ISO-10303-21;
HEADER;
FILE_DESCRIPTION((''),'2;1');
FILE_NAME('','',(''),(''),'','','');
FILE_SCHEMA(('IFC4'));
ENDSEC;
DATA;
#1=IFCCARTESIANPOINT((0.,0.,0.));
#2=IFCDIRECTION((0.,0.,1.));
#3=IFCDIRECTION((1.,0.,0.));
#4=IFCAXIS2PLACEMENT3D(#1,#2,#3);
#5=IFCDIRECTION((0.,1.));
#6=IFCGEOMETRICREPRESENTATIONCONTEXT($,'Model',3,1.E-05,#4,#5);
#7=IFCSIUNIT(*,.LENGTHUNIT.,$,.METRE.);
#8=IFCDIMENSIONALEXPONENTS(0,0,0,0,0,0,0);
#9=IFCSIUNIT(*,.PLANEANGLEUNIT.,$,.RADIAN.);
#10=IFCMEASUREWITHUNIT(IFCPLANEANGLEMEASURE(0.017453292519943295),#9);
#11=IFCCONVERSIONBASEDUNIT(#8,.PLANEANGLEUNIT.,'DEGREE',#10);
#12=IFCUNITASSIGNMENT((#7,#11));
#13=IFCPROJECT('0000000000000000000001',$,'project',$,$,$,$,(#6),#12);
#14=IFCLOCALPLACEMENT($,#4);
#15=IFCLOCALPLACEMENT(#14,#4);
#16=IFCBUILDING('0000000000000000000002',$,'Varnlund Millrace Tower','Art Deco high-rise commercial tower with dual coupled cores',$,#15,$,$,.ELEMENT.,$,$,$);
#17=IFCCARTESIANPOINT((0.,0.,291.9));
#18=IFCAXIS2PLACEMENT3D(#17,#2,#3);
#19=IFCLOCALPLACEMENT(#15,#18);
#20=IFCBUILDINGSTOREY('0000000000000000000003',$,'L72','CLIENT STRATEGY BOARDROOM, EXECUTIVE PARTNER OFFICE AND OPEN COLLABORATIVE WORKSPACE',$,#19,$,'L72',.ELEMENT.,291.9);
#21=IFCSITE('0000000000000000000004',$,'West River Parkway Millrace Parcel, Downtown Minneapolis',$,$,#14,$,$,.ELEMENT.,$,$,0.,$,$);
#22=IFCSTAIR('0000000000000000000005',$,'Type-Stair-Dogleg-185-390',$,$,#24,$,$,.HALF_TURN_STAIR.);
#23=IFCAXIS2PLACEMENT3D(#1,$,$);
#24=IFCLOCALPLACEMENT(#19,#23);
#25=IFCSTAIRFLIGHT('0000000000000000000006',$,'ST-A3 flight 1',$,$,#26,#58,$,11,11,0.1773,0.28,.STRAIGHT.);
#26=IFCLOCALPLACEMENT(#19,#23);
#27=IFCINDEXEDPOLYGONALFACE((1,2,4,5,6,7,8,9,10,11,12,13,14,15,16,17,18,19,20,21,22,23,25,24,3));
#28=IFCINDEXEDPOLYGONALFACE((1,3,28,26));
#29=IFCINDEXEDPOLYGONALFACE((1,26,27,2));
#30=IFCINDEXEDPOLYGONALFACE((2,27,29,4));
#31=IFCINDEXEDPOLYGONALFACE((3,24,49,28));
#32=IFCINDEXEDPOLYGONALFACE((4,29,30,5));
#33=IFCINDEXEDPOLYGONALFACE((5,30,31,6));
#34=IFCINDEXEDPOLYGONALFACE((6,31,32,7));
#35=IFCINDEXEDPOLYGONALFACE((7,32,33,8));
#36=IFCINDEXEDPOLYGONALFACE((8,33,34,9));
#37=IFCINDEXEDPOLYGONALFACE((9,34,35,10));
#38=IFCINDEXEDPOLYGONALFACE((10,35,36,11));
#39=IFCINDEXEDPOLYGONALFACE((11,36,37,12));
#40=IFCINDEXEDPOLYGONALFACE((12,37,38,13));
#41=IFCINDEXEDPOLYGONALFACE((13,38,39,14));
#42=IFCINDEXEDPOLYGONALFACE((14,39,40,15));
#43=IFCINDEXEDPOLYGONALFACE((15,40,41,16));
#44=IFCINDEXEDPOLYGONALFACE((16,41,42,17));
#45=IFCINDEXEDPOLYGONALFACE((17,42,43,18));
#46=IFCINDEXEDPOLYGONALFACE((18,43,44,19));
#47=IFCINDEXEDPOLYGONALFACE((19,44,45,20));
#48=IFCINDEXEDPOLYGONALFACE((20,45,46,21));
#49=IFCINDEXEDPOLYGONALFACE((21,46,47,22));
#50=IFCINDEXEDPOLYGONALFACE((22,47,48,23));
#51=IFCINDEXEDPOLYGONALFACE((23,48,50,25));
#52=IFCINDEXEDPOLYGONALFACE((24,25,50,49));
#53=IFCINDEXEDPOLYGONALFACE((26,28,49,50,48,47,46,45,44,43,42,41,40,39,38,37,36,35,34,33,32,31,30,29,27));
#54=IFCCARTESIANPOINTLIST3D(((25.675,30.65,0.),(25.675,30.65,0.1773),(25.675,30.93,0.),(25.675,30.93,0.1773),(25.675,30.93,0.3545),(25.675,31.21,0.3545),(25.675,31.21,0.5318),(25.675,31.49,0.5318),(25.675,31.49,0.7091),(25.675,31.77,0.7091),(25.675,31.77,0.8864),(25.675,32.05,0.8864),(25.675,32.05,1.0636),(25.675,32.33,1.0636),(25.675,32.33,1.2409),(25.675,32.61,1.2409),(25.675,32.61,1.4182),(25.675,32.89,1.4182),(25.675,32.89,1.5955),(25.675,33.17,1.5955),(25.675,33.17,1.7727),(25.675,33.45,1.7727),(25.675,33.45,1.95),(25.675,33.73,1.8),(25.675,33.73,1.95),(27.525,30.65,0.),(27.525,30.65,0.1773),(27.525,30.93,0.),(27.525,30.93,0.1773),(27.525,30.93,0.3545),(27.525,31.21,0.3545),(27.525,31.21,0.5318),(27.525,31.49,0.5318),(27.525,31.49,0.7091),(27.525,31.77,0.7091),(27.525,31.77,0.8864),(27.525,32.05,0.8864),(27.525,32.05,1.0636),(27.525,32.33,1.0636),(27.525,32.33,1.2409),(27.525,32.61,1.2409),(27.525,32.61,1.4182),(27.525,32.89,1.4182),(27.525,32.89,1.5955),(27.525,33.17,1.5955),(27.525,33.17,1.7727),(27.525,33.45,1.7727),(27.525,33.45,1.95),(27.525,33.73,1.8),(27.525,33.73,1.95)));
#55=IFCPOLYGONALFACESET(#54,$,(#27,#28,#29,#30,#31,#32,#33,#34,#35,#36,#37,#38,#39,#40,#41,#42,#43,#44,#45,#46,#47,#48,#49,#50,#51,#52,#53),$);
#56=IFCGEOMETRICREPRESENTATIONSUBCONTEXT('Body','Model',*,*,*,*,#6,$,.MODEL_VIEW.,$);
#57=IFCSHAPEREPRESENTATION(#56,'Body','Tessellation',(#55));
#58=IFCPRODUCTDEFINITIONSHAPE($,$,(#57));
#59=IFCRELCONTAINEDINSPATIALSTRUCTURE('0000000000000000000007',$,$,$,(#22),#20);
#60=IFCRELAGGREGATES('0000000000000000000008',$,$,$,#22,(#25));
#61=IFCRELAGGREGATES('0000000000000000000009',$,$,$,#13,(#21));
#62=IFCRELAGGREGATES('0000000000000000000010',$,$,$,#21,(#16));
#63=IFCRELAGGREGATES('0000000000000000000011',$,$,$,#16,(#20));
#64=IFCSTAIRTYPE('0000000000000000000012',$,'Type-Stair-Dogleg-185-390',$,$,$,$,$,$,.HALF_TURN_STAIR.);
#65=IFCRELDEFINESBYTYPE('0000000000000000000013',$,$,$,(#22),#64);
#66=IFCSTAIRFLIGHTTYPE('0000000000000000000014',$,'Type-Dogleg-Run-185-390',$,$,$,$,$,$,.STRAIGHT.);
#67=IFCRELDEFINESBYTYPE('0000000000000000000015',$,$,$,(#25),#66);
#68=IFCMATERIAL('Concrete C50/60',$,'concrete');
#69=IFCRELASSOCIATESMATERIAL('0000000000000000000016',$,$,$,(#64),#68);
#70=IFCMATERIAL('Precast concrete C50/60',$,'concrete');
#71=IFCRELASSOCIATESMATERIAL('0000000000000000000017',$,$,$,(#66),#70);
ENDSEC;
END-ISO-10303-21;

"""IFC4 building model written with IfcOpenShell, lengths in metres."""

from ifc_helpers import new_model, entity, si_unit, converted_unit, direction, frame, origin_with_axes, place, context, subcontext, project, spatial, polyline, outline, extrude, material, type_object, element, aggregate, save


model = new_model("IFC4")

# Units and contexts
model_context = context("Model", 3, precision=1e-05, world=origin_with_axes(), true_north=direction((0.0, 1.0)))
body_context = subcontext(model_context, "Body", "Model", "MODEL_VIEW")
ifc_project = project(units=[si_unit("LENGTHUNIT", "METRE"), converted_unit("PLANEANGLEUNIT", "DEGREE", entity("IfcPlaneAngleMeasure", 0.017453292519943295), si_unit("PLANEANGLEUNIT", "RADIAN"), dimensions=[0, 0, 0, 0, 0, 0, 0])], contexts=[model_context])

# Site, building, storey
site_placement = place(None, origin_with_axes())
site = spatial("IfcSite", under=ifc_project, at=site_placement, Name="West River Parkway Millrace Parcel, Downtown Minneapolis", CompositionType="ELEMENT", RefElevation=0.0)
building_placement = place(site_placement, origin_with_axes())
building = spatial("IfcBuilding", under=site, at=building_placement, Name="Varnlund Millrace Tower", Description="Art Deco high-rise commercial tower with dual coupled cores", CompositionType="ELEMENT")
storey_placement = place(building_placement, frame((0.0, 0.0, 291.9), z_axis=(0.0, 0.0, 1.0), x_axis=(1.0, 0.0, 0.0)))
storey = spatial("IfcBuildingStorey", under=building, at=storey_placement, Name="L72", Description="CLIENT STRATEGY BOARDROOM, EXECUTIVE PARTNER OFFICE AND OPEN COLLABORATIVE WORKSPACE", LongName="L72", CompositionType="ELEMENT", Elevation=291.9)

# Stair, stair flight
ifc_material_1 = material(Name="Concrete C50/60", Category="concrete")
stair_type = type_object("IfcStairType", Name="Type-Stair-Dogleg-185-390", PredefinedType="HALF_TURN_STAIR", material=ifc_material_1)
ifc_material_2 = material(Name="Precast concrete C50/60", Category="concrete")
stair_flight_type = type_object("IfcStairFlightType", Name="Type-Dogleg-Run-185-390", PredefinedType="STRAIGHT", material=ifc_material_2)
stair_1_placement = place(storey_placement, origin_with_axes())
stair_1 = element("IfcStair", 1, at=stair_1_placement, inside=storey, type_object=stair_type, Name="Type-Stair-Dogleg-185-390", PredefinedType="HALF_TURN_STAIR")
stair_flight_1_placement = place(storey_placement, frame((25.675, 30.65, 0.0), z_axis=(1.0, 0.0, 0.0), x_axis=(0.0, 1.0, 0.0)))
stair_flight_1 = element("IfcStairFlight", 2, at=stair_flight_1_placement, type_object=stair_flight_type, Name="ST-A3 flight 1", NumberOfRisers=11, NumberOfTreads=11, PredefinedType="STRAIGHT", RiserHeight=0.1773, TreadLength=0.28, context=body_context, shape_type="SweptSolid", body=[
    extrude(outline(polyline([(0.0, 0.0), (0.0, 0.1773), (0.28, 0.1773), (0.28, 0.3545), (0.56, 0.3545), (0.56, 0.5318), (0.84, 0.5318), (0.84, 0.7091), (1.12, 0.7091), (1.12, 0.8864), (1.4, 0.8864), (1.4, 1.0636), (1.68, 1.0636), (1.68, 1.2409), (1.96, 1.2409), (1.96, 1.4182), (2.24, 1.4182), (2.24, 1.5955), (2.52, 1.5955), (2.52, 1.7727), (2.8, 1.7727), (2.8, 1.95), (3.08, 1.95), (3.08, 1.8), (0.28, 0.0), (0.0, 0.0)])), origin_with_axes(), (0.0, 0.0, 1.0), 1.85),
])
aggregate(stair_1, [stair_flight_1])

save(model, "model.ifc")
